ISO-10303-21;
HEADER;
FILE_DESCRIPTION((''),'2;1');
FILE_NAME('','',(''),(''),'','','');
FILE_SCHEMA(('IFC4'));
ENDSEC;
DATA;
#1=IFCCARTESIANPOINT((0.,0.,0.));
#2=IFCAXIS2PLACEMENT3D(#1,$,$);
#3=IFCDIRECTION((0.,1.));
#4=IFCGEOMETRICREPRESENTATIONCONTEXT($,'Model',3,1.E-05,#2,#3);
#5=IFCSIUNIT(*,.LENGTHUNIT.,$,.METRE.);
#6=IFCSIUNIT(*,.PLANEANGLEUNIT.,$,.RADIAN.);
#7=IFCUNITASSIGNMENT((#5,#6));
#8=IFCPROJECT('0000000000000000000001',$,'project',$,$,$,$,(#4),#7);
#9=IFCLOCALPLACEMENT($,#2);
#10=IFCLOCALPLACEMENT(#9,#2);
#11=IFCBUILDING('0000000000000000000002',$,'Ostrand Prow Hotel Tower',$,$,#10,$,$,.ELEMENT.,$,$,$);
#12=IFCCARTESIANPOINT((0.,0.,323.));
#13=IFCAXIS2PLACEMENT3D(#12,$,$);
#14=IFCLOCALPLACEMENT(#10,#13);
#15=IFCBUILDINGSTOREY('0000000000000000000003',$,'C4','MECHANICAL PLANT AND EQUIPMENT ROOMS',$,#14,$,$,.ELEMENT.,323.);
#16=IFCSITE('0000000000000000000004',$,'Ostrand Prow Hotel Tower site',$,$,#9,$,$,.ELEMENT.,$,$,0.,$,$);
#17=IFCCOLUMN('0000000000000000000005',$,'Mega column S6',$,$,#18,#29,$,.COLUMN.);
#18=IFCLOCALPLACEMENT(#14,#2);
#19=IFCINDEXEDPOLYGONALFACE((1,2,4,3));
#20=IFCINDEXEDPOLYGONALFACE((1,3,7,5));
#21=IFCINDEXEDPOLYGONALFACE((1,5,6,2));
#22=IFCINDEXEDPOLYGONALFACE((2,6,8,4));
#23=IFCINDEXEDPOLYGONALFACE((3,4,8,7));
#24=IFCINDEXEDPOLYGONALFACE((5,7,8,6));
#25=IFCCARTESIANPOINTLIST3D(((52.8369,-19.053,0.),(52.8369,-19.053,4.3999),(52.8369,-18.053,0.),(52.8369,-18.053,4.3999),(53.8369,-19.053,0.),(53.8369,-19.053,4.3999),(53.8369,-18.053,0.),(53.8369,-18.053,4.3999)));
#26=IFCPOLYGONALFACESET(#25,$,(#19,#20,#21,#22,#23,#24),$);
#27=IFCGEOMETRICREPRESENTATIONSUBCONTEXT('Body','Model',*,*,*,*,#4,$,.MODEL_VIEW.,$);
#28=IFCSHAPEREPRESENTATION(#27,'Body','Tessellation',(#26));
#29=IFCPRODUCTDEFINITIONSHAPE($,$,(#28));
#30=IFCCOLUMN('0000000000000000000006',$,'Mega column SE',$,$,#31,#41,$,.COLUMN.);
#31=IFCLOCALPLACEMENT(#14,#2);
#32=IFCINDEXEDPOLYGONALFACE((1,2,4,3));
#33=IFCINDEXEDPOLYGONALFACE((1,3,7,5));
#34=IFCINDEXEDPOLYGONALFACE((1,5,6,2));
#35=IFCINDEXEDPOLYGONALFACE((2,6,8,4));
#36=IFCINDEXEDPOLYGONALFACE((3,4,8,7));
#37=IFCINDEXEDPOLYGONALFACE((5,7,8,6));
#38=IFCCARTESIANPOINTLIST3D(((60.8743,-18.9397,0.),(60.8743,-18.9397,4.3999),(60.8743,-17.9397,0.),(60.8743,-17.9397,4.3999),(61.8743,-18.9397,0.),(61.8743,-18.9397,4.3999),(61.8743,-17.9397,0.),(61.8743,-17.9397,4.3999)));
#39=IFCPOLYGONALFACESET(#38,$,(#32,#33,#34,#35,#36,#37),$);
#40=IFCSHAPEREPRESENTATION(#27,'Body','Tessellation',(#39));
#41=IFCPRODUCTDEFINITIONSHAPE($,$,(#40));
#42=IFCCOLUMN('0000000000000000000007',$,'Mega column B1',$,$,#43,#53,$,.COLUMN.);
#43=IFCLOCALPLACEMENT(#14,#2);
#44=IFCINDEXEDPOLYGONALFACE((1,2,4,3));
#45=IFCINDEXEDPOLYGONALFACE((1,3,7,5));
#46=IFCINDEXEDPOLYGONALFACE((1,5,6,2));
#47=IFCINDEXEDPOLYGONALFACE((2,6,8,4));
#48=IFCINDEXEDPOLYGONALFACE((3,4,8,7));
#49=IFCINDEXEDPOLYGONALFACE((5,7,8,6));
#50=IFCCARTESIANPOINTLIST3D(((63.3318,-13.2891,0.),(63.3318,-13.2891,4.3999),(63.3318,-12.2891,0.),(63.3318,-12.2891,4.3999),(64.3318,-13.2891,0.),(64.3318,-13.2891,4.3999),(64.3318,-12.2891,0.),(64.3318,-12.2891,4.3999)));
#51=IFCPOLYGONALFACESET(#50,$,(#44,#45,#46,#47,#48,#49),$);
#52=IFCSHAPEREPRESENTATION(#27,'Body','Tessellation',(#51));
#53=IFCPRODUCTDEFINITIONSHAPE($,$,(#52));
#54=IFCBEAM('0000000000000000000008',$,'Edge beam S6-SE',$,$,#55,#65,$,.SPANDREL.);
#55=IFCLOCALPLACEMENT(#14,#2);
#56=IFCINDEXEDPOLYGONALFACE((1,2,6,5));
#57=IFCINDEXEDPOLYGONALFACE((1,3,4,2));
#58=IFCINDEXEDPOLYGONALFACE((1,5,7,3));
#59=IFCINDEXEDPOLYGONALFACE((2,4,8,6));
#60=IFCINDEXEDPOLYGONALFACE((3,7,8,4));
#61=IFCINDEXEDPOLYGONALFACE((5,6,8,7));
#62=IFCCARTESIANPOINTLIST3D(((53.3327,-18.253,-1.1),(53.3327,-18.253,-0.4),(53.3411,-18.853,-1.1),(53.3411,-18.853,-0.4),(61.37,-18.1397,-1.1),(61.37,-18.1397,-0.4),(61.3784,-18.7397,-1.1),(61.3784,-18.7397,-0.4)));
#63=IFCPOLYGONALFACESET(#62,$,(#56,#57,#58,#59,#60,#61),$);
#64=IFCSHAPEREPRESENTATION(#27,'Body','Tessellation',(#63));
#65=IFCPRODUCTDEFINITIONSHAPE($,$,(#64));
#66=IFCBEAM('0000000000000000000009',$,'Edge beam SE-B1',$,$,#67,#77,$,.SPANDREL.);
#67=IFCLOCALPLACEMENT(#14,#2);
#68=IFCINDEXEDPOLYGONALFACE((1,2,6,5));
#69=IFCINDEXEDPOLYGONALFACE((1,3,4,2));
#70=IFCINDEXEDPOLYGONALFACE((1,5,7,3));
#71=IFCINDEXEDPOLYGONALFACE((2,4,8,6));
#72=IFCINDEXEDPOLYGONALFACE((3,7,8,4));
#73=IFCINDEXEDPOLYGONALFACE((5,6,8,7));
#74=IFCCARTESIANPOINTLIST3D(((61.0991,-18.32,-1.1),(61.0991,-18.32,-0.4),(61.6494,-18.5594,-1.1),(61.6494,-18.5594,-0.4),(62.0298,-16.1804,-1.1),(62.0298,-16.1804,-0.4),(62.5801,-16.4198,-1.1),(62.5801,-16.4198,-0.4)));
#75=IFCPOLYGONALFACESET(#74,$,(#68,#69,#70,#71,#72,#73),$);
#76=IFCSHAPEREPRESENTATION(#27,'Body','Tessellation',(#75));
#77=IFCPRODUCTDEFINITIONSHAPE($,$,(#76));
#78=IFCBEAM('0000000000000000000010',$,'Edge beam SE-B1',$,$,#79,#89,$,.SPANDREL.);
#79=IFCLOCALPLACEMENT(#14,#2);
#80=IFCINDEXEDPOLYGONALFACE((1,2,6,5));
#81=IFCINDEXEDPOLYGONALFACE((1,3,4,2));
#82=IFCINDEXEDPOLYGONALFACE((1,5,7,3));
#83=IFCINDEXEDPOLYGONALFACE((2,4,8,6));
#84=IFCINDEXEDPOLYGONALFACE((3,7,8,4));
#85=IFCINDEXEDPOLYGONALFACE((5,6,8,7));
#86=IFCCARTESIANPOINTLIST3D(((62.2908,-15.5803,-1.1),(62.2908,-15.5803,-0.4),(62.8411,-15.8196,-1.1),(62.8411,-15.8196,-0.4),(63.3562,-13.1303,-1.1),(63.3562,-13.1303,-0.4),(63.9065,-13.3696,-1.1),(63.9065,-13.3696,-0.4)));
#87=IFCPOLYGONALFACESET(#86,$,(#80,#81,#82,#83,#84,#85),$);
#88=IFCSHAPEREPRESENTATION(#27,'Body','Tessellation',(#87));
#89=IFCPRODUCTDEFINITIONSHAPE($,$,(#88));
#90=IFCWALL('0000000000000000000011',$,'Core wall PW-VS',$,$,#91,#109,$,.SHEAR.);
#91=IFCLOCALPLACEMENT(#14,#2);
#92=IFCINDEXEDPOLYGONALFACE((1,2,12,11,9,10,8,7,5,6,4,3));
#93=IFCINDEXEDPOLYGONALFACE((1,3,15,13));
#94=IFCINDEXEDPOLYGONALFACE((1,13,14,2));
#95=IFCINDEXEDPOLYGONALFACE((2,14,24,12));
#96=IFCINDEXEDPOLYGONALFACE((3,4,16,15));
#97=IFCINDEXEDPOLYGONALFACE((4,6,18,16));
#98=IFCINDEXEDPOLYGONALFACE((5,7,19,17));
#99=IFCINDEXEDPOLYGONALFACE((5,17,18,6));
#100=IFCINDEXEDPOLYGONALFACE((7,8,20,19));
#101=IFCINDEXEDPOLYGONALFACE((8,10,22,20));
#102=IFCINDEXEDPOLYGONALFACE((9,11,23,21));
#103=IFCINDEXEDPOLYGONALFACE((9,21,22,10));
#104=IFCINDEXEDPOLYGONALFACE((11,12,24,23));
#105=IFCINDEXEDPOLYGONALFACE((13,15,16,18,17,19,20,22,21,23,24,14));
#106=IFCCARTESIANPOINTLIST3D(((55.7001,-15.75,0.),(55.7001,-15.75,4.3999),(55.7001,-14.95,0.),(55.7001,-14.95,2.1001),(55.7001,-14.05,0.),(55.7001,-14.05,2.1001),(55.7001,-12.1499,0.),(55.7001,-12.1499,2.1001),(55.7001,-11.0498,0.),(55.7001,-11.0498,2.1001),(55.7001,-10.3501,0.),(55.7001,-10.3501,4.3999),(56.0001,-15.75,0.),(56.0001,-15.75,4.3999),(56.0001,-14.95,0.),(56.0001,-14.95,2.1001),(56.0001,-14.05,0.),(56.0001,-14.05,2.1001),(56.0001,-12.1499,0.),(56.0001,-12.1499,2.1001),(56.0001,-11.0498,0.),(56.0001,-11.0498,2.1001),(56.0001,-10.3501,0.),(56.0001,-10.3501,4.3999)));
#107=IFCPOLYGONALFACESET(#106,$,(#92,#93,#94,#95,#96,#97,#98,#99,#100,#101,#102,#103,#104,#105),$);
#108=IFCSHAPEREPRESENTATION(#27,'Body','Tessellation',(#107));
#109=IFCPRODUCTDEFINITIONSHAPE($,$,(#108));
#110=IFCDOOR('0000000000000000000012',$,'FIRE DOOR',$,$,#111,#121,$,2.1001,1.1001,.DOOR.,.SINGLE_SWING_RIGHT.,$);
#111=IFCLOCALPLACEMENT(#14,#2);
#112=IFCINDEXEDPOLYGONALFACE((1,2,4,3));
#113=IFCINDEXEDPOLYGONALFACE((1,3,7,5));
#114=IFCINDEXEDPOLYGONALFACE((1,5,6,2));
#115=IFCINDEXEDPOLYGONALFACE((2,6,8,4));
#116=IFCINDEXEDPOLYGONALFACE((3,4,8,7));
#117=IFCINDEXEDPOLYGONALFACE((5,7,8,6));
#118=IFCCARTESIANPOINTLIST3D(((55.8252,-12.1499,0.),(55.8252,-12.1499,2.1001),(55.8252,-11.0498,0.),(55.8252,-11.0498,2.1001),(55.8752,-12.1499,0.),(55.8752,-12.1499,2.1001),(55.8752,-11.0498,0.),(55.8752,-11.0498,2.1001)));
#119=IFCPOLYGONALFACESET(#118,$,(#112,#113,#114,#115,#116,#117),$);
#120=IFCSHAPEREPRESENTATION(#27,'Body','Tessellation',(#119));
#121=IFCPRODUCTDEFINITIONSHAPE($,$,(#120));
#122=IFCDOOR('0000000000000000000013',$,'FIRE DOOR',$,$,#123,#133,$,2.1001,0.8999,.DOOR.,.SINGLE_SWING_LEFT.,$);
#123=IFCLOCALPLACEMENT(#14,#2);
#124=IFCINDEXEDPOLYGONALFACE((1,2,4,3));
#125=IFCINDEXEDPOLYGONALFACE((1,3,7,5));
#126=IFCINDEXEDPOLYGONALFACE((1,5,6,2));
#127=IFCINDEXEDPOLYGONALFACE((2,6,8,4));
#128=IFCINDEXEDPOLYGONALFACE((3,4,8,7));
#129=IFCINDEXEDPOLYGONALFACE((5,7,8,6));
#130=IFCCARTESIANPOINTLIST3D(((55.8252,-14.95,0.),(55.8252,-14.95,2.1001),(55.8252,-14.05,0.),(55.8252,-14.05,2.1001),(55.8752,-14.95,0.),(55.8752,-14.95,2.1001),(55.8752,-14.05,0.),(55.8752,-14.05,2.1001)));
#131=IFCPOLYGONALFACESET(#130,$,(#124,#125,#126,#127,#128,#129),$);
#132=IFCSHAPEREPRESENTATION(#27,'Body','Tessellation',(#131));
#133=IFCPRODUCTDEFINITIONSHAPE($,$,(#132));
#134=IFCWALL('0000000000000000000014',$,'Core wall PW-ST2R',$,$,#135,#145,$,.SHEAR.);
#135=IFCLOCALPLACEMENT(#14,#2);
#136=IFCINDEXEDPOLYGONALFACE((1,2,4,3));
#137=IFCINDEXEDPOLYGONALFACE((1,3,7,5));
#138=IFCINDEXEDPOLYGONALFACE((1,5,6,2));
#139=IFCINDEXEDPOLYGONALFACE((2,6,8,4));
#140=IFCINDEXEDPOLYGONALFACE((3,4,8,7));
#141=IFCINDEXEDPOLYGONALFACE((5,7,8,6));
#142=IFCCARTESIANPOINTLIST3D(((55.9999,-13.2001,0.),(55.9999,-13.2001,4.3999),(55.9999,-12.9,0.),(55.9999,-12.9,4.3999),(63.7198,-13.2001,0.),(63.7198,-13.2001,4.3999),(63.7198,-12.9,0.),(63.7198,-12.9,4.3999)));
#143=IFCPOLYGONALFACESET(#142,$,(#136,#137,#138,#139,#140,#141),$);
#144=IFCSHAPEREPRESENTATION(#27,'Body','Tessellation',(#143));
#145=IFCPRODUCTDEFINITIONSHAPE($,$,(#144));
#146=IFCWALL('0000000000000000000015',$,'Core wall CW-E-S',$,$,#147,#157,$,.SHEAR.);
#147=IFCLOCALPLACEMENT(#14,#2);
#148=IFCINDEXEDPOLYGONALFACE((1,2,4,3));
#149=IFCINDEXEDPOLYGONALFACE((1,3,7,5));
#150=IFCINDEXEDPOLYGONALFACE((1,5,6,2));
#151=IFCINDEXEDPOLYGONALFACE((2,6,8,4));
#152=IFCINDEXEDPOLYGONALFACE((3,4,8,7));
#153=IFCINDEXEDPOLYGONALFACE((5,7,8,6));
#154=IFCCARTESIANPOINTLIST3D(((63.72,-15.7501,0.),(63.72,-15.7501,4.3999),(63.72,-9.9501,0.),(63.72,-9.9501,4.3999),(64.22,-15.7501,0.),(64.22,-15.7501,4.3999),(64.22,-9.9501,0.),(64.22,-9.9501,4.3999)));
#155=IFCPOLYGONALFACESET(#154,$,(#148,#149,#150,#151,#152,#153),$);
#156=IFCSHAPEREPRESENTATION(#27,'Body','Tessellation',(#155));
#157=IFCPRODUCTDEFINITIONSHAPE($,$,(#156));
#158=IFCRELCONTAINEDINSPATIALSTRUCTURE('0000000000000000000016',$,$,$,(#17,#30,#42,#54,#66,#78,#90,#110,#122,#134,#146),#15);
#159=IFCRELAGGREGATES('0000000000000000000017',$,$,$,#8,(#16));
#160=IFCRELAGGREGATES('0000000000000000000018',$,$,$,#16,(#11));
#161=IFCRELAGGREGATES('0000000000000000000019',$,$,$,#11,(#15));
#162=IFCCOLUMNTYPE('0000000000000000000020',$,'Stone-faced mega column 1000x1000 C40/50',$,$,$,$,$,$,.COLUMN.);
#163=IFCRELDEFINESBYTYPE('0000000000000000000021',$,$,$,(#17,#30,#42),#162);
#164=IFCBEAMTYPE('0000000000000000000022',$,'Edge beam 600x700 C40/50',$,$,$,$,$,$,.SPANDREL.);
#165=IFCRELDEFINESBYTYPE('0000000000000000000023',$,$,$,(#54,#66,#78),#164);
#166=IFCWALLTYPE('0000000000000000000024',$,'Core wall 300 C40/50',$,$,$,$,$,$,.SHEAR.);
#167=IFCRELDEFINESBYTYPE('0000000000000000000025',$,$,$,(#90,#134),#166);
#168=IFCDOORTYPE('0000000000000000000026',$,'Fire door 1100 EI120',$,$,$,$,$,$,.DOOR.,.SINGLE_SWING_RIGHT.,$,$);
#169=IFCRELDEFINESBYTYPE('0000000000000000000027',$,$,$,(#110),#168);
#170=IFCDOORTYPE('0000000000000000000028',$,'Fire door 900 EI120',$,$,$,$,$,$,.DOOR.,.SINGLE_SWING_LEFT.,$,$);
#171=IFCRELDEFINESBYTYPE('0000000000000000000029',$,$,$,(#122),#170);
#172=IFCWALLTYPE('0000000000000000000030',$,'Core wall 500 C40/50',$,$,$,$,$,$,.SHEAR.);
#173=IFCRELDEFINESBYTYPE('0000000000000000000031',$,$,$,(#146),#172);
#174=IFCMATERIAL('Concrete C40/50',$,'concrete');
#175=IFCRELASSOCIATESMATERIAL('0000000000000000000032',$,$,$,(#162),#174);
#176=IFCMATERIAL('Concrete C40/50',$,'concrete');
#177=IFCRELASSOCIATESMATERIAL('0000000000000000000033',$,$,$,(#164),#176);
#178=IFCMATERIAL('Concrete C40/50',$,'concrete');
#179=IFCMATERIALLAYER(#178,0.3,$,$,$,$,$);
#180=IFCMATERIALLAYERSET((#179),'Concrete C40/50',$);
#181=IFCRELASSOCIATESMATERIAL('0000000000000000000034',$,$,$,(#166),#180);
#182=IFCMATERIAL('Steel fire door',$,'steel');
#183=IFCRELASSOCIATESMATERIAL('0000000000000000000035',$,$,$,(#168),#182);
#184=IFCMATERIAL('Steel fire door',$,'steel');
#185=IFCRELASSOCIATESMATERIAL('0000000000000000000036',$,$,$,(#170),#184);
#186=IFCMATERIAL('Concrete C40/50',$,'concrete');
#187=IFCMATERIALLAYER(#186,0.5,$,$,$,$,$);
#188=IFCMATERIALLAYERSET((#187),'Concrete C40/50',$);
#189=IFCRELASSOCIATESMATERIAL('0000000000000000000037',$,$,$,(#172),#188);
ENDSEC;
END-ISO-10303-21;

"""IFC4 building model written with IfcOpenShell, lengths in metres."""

from ifc_helpers import new_model, si_unit, direction, frame, frame_2d, origin, origin_2d, place, context, subcontext, project, spatial, rectangle, extrude, material, layer, layer_set, material_profile, profile_set, type_object, element, fill, save


model = new_model("IFC4")

# Units and contexts
model_context = context("Model", 3, precision=1e-05, world=origin(), true_north=direction((0.0, 1.0)))
body_context = subcontext(model_context, "Body", "Model", "MODEL_VIEW")
ifc_project = project(units=[si_unit("LENGTHUNIT", "METRE"), si_unit("PLANEANGLEUNIT", "RADIAN")], contexts=[model_context])

# Site, building, storey
site_placement = place(None, origin())
site = spatial("IfcSite", under=ifc_project, at=site_placement, Name="Ostrand Prow Hotel Tower site", CompositionType="ELEMENT", RefElevation=0.0)
building_placement = place(site_placement, origin())
building = spatial("IfcBuilding", under=site, at=building_placement, Name="Ostrand Prow Hotel Tower", CompositionType="ELEMENT")
storey_placement = place(building_placement, frame((0.0, 0.0, 323.0)))
storey = spatial("IfcBuildingStorey", under=building, at=storey_placement, Name="C4", Description="MECHANICAL PLANT AND EQUIPMENT ROOMS", CompositionType="ELEMENT", Elevation=323.0)

# Columns
ifc_material_1 = material(Name="Concrete C40/50", Category="concrete")
ifc_material_profile_1 = material_profile(ifc_material_1, rectangle(XDim=1.0, YDim=1.0, at=origin_2d()), Name="RC 1000x1000")
ifc_profile_set_1 = profile_set([ifc_material_profile_1], Name="Concrete C40/50")
column_type = type_object("IfcColumnType", Name="Stone-faced mega column 1000x1000 C40/50", PredefinedType="COLUMN", material=ifc_profile_set_1)
for number, where, z_axis, x_axis, name in (
    (1, (53.3369, -18.553, 0.0), (0.0, 0.0, 1.0), (1.0, 0.0, 0.0), "Mega column S6"),
    (2, (61.3743, -18.4397, 0.0), (0.0, 0.0, 1.0), (1.0, 0.0, 0.0), "Mega column SE"),
    (3, (63.8318, -12.7891, 0.0), (0.0, 0.0, 1.0), (1.0, 0.0, 0.0), "Mega column B1"),
):
    element("IfcColumn", number, at=place(storey_placement, frame(where, z_axis=z_axis, x_axis=x_axis)), inside=storey, type_object=column_type, Name=name, PredefinedType="COLUMN", context=body_context, shape_type="SweptSolid", body=[
        extrude(rectangle(XDim=1.0, YDim=1.0, at=origin_2d()), origin(), (0.0, 0.0, 1.0), 4.3999),
    ])

# Beams
ifc_material_2 = material(Name="Concrete C40/50", Category="concrete")
ifc_material_profile_2 = material_profile(ifc_material_2, rectangle(XDim=0.6001, YDim=0.7, at=origin_2d()), Name="RC 600x700")
ifc_profile_set_2 = profile_set([ifc_material_profile_2], Name="Concrete C40/50")
beam_type = type_object("IfcBeamType", Name="Edge beam 600x700 C40/50", PredefinedType="SPANDREL", material=ifc_profile_set_2)
beam_1_placement = place(storey_placement, frame((53.3369, -18.553, -0.75), z_axis=(0.999901, 0.014093, 0.0), x_axis=(-0.014093, 0.999901, 0.0)))
element("IfcBeam", 4, at=beam_1_placement, inside=storey, type_object=beam_type, Name="Edge beam S6-SE", PredefinedType="SPANDREL", context=body_context, shape_type="SweptSolid", body=[
    extrude(rectangle(XDim=0.6001, YDim=0.7, at=origin_2d()), origin(), (0.0, 0.0, 1.0), 8.0381),
])
beam_2_placement = place(storey_placement, frame((61.3743, -18.4397, -0.75), z_axis=(0.398864, 0.91701, 0.0), x_axis=(-0.91701, 0.398864, 0.0)))
element("IfcBeam", 5, at=beam_2_placement, inside=storey, type_object=beam_type, Name="Edge beam SE-B1", PredefinedType="SPANDREL", context=body_context, shape_type="SweptSolid", body=[
    extrude(rectangle(XDim=0.6001, YDim=0.7, at=origin_2d()), origin(), (0.0, 0.0, 1.0), 2.3333),
])
beam_3_placement = place(storey_placement, frame((62.5659, -15.7, -0.75), z_axis=(0.3988, 0.917038, 0.0), x_axis=(-0.917038, 0.3988, 0.0)))
element("IfcBeam", 6, at=beam_3_placement, inside=storey, type_object=beam_type, Name="Edge beam SE-B1", PredefinedType="SPANDREL", context=body_context, shape_type="SweptSolid", body=[
    extrude(rectangle(XDim=0.6001, YDim=0.7, at=origin_2d()), origin(), (0.0, 0.0, 1.0), 2.6716),
])

# Wall, openings, doors
ifc_material_3 = material(Name="Concrete C40/50", Category="concrete")
ifc_layer_1 = layer(ifc_material_3, 0.3)
ifc_layer_set_1 = layer_set([ifc_layer_1], Name="Concrete C40/50")
wall_type_1 = type_object("IfcWallType", Name="Core wall 300 C40/50", PredefinedType="SHEAR", material=ifc_layer_set_1)
wall_1_placement = place(storey_placement, frame((55.8501, -15.75, 0.0), z_axis=(0.0, 0.0, 1.0), x_axis=(0.0, 1.0, 0.0)))
wall_1 = element("IfcWall", 7, at=wall_1_placement, inside=storey, type_object=wall_type_1, Name="Core wall PW-VS", PredefinedType="SHEAR", context=body_context, shape_type="SweptSolid", body=[
    extrude(rectangle(XDim=5.3999, YDim=0.3, at=frame_2d((2.7, 0.0))), origin(), (0.0, 0.0, 1.0), 4.3999),
])
opening_1_placement = place(wall_1_placement, frame((3.6001, 0.0, 0.0)))
opening_1 = element("IfcOpeningElement", 8, at=opening_1_placement, cuts=wall_1, PredefinedType="OPENING", context=body_context, shape_type="SweptSolid", body=[
    extrude(rectangle(XDim=1.1001, YDim=2.1001, at=frame_2d((0.55, 1.05))), frame((0.0, 0.1599, 0.0), z_axis=(0.0, -1.0, 0.0), x_axis=(1.0, 0.0, 0.0)), (0.0, 0.0, 1.0), 0.3201),
])
opening_2_placement = place(wall_1_placement, frame((0.8, 0.0, 0.0)))
opening_2 = element("IfcOpeningElement", 9, at=opening_2_placement, cuts=wall_1, PredefinedType="OPENING", context=body_context, shape_type="SweptSolid", body=[
    extrude(rectangle(XDim=0.8999, YDim=2.1001, at=frame_2d((0.45, 1.05))), frame((0.0, 0.1599, 0.0), z_axis=(0.0, -1.0, 0.0), x_axis=(1.0, 0.0, 0.0)), (0.0, 0.0, 1.0), 0.3201),
])
ifc_material_4 = material(Name="Steel fire door", Category="steel")
door_type_1 = type_object("IfcDoorType", Name="Fire door 1100 EI120", OperationType="SINGLE_SWING_RIGHT", PredefinedType="DOOR", material=ifc_material_4)
door_1_placement = place(opening_1_placement, origin())
door_1 = element("IfcDoor", 10, at=door_1_placement, inside=storey, type_object=door_type_1, Name="FIRE DOOR", OperationType="SINGLE_SWING_RIGHT", OverallHeight=2.1001, OverallWidth=1.1001, PredefinedType="DOOR", context=body_context, shape_type="SweptSolid", body=[
    extrude(rectangle(XDim=1.1001, YDim=2.1001, at=frame_2d((0.55, 1.05))), frame((0.0, 0.0249, 0.0), z_axis=(0.0, -1.0, 0.0), x_axis=(1.0, 0.0, 0.0)), (0.0, 0.0, 1.0), 0.05),
])
fill(opening_1, door_1)
ifc_material_5 = material(Name="Steel fire door", Category="steel")
door_type_2 = type_object("IfcDoorType", Name="Fire door 900 EI120", OperationType="SINGLE_SWING_LEFT", PredefinedType="DOOR", material=ifc_material_5)
door_2_placement = place(opening_2_placement, origin())
door_2 = element("IfcDoor", 11, at=door_2_placement, inside=storey, type_object=door_type_2, Name="FIRE DOOR", OperationType="SINGLE_SWING_LEFT", OverallHeight=2.1001, OverallWidth=0.8999, PredefinedType="DOOR", context=body_context, shape_type="SweptSolid", body=[
    extrude(rectangle(XDim=0.8999, YDim=2.1001, at=frame_2d((0.45, 1.05))), frame((0.0, 0.0249, 0.0), z_axis=(0.0, -1.0, 0.0), x_axis=(1.0, 0.0, 0.0)), (0.0, 0.0, 1.0), 0.05),
])
fill(opening_2, door_2)

# Walls
wall_2_placement = place(storey_placement, frame((56.0, -13.05, 0.0), z_axis=(0.0, 0.0, 1.0), x_axis=(1.0, 0.0, 0.0)))
element("IfcWall", 12, at=wall_2_placement, inside=storey, type_object=wall_type_1, Name="Core wall PW-ST2R", PredefinedType="SHEAR", context=body_context, shape_type="SweptSolid", body=[
    extrude(rectangle(XDim=7.72, YDim=0.3, at=frame_2d((3.8599, 0.0))), origin(), (0.0, 0.0, 1.0), 4.3999),
])
ifc_material_6 = material(Name="Concrete C40/50", Category="concrete")
ifc_layer_2 = layer(ifc_material_6, 0.5)
ifc_layer_set_2 = layer_set([ifc_layer_2], Name="Concrete C40/50")
wall_type_2 = type_object("IfcWallType", Name="Core wall 500 C40/50", PredefinedType="SHEAR", material=ifc_layer_set_2)
wall_3_placement = place(storey_placement, frame((63.97, -15.75, 0.0), z_axis=(0.0, 0.0, 1.0), x_axis=(0.0, 1.0, 0.0)))
element("IfcWall", 13, at=wall_3_placement, inside=storey, type_object=wall_type_2, Name="Core wall CW-E-S", PredefinedType="SHEAR", context=body_context, shape_type="SweptSolid", body=[
    extrude(rectangle(XDim=5.8, YDim=0.5, at=frame_2d((2.8999, 0.0))), origin(), (0.0, 0.0, 1.0), 4.3999),
])

save(model, "model.ifc")
